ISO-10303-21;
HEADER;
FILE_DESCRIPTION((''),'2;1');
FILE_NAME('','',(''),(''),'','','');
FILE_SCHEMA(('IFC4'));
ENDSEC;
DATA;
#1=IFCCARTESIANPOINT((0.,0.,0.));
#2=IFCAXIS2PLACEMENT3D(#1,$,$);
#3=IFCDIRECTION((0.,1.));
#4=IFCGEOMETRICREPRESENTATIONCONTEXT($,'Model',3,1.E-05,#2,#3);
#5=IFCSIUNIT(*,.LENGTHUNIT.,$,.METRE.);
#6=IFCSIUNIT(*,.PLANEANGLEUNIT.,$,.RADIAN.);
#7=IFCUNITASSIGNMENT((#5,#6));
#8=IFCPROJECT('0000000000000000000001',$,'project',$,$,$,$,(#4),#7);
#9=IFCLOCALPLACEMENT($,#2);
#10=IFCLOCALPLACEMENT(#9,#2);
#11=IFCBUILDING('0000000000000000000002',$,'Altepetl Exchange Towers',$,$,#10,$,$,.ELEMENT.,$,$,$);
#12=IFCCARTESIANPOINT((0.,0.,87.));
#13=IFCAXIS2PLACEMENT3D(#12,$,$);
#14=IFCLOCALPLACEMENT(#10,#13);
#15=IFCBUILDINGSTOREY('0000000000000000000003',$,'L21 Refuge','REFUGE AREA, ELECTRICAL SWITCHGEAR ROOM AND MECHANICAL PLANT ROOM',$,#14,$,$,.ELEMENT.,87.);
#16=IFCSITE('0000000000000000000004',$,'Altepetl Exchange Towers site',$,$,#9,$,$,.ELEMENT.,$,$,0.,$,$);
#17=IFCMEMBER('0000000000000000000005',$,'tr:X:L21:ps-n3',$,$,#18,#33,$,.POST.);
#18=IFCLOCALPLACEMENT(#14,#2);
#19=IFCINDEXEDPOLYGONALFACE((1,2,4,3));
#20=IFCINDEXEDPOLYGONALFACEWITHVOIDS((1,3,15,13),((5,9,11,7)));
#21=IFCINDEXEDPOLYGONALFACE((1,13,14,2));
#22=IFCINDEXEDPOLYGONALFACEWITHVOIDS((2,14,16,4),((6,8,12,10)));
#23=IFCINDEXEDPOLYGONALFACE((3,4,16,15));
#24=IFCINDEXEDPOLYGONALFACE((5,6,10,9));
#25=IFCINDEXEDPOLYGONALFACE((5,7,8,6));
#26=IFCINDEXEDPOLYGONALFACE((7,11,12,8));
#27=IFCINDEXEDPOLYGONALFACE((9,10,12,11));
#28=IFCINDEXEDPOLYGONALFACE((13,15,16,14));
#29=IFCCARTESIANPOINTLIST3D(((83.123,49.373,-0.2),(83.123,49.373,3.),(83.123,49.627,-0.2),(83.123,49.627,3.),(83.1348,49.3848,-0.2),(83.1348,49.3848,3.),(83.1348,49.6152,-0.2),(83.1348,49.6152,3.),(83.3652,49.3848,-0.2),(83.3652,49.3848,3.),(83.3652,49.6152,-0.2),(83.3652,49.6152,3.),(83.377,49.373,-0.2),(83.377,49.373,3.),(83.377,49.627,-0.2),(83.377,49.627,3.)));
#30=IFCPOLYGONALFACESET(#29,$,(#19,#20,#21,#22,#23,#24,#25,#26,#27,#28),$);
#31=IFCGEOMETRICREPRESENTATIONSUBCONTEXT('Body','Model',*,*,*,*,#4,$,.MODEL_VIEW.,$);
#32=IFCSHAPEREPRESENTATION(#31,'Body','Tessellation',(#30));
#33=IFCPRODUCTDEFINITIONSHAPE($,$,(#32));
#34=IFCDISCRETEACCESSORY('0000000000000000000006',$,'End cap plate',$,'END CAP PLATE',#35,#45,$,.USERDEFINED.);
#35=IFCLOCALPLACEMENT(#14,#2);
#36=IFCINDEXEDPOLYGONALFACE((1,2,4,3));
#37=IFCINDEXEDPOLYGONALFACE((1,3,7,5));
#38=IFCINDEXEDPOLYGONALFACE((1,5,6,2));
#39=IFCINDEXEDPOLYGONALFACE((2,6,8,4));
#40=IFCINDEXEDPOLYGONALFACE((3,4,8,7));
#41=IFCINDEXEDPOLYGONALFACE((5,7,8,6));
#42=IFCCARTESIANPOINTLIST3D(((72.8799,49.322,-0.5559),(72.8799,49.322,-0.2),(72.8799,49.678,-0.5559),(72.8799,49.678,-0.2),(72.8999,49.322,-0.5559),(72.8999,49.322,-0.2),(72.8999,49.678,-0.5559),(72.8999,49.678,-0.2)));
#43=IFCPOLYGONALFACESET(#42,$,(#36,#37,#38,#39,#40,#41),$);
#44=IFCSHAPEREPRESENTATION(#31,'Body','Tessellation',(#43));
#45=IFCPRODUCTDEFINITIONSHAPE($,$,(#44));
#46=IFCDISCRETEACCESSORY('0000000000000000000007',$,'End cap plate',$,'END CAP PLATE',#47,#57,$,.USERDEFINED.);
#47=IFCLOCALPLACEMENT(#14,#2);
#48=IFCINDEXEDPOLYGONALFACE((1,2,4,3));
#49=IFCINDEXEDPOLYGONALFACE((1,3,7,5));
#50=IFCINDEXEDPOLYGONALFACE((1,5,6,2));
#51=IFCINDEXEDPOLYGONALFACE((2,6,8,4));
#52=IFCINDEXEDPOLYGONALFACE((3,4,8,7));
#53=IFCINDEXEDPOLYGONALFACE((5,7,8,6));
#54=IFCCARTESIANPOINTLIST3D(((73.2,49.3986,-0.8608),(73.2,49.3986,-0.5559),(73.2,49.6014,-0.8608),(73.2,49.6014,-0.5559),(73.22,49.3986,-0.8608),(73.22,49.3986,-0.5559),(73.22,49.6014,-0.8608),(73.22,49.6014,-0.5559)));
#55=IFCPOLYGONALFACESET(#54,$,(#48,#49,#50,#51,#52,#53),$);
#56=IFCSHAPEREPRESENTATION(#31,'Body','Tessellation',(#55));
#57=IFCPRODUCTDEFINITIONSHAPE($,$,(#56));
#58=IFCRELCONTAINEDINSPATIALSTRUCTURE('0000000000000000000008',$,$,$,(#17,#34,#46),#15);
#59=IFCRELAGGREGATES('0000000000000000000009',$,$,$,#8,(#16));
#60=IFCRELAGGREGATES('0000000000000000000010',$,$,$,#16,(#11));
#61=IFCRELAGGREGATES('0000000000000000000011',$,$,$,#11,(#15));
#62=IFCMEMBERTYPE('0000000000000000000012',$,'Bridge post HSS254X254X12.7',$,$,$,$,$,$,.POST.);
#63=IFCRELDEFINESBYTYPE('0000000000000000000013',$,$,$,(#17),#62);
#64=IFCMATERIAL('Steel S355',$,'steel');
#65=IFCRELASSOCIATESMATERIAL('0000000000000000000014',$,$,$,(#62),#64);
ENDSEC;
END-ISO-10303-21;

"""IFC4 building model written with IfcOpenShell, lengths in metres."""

from ifc_helpers import new_model, si_unit, direction, frame, origin, origin_2d, place, context, subcontext, project, spatial, rectangle, hollow_rectangle, extrude, material, material_profile, profile_set, type_object, element, save


model = new_model("IFC4")

# Units and contexts
model_context = context("Model", 3, precision=1e-05, world=origin(), true_north=direction((0.0, 1.0)))
body_context = subcontext(model_context, "Body", "Model", "MODEL_VIEW")
ifc_project = project(units=[si_unit("LENGTHUNIT", "METRE"), si_unit("PLANEANGLEUNIT", "RADIAN")], contexts=[model_context])

# Site, building, storey
site_placement = place(None, origin())
site = spatial("IfcSite", under=ifc_project, at=site_placement, Name="Altepetl Exchange Towers site", CompositionType="ELEMENT", RefElevation=0.0)
building_placement = place(site_placement, origin())
building = spatial("IfcBuilding", under=site, at=building_placement, Name="Altepetl Exchange Towers", CompositionType="ELEMENT")
storey_placement = place(building_placement, frame((0.0, 0.0, 87.0)))
storey = spatial("IfcBuildingStorey", under=building, at=storey_placement, Name="L21 Refuge", Description="REFUGE AREA, ELECTRICAL SWITCHGEAR ROOM AND MECHANICAL PLANT ROOM", CompositionType="ELEMENT", Elevation=87.0)

# Shared definitions
ifc_material = material(Name="Steel S355", Category="steel")

# Member
ifc_material_profile_1 = material_profile(ifc_material, hollow_rectangle(XDim=0.2539, YDim=0.2539, WallThickness=0.0117, at=origin_2d()), Name="HSS254X254X12.7")
ifc_profile_set_1 = profile_set([ifc_material_profile_1], Name="Steel S355")
member_type_1 = type_object("IfcMemberType", Name="Bridge post HSS254X254X12.7", PredefinedType="POST", material=ifc_profile_set_1)
for number, where, name in (
    (1, (83.25, 49.5, -0.2), "tr:X:L21:ps-n3"),
):
    element("IfcMember", number, at=place(storey_placement, frame(where)), inside=storey, type_object=member_type_1, Name=name, PredefinedType="POST", context=body_context, shape_type="SweptSolid", body=[
        extrude(hollow_rectangle(XDim=0.2539, YDim=0.2539, WallThickness=0.0117, at=origin_2d()), origin(), (0.0, 0.0, 1.0), 3.2),
    ])

# Discrete accessories
discrete_accessory_1_placement = place(storey_placement, frame((72.8899, 49.5, -0.5559), z_axis=(0.0, 0.0, 1.0), x_axis=(-1.0, 0.0, 0.0)))
element("IfcDiscreteAccessory", 2, at=discrete_accessory_1_placement, inside=storey, Name="End cap plate", ObjectType="END CAP PLATE", PredefinedType="USERDEFINED", context=body_context, shape_type="SweptSolid", body=[
    extrude(rectangle(XDim=0.02, YDim=0.356, at=origin_2d()), origin(), (0.0, 0.0, 1.0), 0.356),
])
discrete_accessory_2_placement = place(storey_placement, frame((73.21, 49.5, -0.8608)))
element("IfcDiscreteAccessory", 3, at=discrete_accessory_2_placement, inside=storey, Name="End cap plate", ObjectType="END CAP PLATE", PredefinedType="USERDEFINED", context=body_context, shape_type="SweptSolid", body=[
    extrude(rectangle(XDim=0.02, YDim=0.2029, at=origin_2d()), origin(), (0.0, 0.0, 1.0), 0.3049),
])

save(model, "model.ifc")
